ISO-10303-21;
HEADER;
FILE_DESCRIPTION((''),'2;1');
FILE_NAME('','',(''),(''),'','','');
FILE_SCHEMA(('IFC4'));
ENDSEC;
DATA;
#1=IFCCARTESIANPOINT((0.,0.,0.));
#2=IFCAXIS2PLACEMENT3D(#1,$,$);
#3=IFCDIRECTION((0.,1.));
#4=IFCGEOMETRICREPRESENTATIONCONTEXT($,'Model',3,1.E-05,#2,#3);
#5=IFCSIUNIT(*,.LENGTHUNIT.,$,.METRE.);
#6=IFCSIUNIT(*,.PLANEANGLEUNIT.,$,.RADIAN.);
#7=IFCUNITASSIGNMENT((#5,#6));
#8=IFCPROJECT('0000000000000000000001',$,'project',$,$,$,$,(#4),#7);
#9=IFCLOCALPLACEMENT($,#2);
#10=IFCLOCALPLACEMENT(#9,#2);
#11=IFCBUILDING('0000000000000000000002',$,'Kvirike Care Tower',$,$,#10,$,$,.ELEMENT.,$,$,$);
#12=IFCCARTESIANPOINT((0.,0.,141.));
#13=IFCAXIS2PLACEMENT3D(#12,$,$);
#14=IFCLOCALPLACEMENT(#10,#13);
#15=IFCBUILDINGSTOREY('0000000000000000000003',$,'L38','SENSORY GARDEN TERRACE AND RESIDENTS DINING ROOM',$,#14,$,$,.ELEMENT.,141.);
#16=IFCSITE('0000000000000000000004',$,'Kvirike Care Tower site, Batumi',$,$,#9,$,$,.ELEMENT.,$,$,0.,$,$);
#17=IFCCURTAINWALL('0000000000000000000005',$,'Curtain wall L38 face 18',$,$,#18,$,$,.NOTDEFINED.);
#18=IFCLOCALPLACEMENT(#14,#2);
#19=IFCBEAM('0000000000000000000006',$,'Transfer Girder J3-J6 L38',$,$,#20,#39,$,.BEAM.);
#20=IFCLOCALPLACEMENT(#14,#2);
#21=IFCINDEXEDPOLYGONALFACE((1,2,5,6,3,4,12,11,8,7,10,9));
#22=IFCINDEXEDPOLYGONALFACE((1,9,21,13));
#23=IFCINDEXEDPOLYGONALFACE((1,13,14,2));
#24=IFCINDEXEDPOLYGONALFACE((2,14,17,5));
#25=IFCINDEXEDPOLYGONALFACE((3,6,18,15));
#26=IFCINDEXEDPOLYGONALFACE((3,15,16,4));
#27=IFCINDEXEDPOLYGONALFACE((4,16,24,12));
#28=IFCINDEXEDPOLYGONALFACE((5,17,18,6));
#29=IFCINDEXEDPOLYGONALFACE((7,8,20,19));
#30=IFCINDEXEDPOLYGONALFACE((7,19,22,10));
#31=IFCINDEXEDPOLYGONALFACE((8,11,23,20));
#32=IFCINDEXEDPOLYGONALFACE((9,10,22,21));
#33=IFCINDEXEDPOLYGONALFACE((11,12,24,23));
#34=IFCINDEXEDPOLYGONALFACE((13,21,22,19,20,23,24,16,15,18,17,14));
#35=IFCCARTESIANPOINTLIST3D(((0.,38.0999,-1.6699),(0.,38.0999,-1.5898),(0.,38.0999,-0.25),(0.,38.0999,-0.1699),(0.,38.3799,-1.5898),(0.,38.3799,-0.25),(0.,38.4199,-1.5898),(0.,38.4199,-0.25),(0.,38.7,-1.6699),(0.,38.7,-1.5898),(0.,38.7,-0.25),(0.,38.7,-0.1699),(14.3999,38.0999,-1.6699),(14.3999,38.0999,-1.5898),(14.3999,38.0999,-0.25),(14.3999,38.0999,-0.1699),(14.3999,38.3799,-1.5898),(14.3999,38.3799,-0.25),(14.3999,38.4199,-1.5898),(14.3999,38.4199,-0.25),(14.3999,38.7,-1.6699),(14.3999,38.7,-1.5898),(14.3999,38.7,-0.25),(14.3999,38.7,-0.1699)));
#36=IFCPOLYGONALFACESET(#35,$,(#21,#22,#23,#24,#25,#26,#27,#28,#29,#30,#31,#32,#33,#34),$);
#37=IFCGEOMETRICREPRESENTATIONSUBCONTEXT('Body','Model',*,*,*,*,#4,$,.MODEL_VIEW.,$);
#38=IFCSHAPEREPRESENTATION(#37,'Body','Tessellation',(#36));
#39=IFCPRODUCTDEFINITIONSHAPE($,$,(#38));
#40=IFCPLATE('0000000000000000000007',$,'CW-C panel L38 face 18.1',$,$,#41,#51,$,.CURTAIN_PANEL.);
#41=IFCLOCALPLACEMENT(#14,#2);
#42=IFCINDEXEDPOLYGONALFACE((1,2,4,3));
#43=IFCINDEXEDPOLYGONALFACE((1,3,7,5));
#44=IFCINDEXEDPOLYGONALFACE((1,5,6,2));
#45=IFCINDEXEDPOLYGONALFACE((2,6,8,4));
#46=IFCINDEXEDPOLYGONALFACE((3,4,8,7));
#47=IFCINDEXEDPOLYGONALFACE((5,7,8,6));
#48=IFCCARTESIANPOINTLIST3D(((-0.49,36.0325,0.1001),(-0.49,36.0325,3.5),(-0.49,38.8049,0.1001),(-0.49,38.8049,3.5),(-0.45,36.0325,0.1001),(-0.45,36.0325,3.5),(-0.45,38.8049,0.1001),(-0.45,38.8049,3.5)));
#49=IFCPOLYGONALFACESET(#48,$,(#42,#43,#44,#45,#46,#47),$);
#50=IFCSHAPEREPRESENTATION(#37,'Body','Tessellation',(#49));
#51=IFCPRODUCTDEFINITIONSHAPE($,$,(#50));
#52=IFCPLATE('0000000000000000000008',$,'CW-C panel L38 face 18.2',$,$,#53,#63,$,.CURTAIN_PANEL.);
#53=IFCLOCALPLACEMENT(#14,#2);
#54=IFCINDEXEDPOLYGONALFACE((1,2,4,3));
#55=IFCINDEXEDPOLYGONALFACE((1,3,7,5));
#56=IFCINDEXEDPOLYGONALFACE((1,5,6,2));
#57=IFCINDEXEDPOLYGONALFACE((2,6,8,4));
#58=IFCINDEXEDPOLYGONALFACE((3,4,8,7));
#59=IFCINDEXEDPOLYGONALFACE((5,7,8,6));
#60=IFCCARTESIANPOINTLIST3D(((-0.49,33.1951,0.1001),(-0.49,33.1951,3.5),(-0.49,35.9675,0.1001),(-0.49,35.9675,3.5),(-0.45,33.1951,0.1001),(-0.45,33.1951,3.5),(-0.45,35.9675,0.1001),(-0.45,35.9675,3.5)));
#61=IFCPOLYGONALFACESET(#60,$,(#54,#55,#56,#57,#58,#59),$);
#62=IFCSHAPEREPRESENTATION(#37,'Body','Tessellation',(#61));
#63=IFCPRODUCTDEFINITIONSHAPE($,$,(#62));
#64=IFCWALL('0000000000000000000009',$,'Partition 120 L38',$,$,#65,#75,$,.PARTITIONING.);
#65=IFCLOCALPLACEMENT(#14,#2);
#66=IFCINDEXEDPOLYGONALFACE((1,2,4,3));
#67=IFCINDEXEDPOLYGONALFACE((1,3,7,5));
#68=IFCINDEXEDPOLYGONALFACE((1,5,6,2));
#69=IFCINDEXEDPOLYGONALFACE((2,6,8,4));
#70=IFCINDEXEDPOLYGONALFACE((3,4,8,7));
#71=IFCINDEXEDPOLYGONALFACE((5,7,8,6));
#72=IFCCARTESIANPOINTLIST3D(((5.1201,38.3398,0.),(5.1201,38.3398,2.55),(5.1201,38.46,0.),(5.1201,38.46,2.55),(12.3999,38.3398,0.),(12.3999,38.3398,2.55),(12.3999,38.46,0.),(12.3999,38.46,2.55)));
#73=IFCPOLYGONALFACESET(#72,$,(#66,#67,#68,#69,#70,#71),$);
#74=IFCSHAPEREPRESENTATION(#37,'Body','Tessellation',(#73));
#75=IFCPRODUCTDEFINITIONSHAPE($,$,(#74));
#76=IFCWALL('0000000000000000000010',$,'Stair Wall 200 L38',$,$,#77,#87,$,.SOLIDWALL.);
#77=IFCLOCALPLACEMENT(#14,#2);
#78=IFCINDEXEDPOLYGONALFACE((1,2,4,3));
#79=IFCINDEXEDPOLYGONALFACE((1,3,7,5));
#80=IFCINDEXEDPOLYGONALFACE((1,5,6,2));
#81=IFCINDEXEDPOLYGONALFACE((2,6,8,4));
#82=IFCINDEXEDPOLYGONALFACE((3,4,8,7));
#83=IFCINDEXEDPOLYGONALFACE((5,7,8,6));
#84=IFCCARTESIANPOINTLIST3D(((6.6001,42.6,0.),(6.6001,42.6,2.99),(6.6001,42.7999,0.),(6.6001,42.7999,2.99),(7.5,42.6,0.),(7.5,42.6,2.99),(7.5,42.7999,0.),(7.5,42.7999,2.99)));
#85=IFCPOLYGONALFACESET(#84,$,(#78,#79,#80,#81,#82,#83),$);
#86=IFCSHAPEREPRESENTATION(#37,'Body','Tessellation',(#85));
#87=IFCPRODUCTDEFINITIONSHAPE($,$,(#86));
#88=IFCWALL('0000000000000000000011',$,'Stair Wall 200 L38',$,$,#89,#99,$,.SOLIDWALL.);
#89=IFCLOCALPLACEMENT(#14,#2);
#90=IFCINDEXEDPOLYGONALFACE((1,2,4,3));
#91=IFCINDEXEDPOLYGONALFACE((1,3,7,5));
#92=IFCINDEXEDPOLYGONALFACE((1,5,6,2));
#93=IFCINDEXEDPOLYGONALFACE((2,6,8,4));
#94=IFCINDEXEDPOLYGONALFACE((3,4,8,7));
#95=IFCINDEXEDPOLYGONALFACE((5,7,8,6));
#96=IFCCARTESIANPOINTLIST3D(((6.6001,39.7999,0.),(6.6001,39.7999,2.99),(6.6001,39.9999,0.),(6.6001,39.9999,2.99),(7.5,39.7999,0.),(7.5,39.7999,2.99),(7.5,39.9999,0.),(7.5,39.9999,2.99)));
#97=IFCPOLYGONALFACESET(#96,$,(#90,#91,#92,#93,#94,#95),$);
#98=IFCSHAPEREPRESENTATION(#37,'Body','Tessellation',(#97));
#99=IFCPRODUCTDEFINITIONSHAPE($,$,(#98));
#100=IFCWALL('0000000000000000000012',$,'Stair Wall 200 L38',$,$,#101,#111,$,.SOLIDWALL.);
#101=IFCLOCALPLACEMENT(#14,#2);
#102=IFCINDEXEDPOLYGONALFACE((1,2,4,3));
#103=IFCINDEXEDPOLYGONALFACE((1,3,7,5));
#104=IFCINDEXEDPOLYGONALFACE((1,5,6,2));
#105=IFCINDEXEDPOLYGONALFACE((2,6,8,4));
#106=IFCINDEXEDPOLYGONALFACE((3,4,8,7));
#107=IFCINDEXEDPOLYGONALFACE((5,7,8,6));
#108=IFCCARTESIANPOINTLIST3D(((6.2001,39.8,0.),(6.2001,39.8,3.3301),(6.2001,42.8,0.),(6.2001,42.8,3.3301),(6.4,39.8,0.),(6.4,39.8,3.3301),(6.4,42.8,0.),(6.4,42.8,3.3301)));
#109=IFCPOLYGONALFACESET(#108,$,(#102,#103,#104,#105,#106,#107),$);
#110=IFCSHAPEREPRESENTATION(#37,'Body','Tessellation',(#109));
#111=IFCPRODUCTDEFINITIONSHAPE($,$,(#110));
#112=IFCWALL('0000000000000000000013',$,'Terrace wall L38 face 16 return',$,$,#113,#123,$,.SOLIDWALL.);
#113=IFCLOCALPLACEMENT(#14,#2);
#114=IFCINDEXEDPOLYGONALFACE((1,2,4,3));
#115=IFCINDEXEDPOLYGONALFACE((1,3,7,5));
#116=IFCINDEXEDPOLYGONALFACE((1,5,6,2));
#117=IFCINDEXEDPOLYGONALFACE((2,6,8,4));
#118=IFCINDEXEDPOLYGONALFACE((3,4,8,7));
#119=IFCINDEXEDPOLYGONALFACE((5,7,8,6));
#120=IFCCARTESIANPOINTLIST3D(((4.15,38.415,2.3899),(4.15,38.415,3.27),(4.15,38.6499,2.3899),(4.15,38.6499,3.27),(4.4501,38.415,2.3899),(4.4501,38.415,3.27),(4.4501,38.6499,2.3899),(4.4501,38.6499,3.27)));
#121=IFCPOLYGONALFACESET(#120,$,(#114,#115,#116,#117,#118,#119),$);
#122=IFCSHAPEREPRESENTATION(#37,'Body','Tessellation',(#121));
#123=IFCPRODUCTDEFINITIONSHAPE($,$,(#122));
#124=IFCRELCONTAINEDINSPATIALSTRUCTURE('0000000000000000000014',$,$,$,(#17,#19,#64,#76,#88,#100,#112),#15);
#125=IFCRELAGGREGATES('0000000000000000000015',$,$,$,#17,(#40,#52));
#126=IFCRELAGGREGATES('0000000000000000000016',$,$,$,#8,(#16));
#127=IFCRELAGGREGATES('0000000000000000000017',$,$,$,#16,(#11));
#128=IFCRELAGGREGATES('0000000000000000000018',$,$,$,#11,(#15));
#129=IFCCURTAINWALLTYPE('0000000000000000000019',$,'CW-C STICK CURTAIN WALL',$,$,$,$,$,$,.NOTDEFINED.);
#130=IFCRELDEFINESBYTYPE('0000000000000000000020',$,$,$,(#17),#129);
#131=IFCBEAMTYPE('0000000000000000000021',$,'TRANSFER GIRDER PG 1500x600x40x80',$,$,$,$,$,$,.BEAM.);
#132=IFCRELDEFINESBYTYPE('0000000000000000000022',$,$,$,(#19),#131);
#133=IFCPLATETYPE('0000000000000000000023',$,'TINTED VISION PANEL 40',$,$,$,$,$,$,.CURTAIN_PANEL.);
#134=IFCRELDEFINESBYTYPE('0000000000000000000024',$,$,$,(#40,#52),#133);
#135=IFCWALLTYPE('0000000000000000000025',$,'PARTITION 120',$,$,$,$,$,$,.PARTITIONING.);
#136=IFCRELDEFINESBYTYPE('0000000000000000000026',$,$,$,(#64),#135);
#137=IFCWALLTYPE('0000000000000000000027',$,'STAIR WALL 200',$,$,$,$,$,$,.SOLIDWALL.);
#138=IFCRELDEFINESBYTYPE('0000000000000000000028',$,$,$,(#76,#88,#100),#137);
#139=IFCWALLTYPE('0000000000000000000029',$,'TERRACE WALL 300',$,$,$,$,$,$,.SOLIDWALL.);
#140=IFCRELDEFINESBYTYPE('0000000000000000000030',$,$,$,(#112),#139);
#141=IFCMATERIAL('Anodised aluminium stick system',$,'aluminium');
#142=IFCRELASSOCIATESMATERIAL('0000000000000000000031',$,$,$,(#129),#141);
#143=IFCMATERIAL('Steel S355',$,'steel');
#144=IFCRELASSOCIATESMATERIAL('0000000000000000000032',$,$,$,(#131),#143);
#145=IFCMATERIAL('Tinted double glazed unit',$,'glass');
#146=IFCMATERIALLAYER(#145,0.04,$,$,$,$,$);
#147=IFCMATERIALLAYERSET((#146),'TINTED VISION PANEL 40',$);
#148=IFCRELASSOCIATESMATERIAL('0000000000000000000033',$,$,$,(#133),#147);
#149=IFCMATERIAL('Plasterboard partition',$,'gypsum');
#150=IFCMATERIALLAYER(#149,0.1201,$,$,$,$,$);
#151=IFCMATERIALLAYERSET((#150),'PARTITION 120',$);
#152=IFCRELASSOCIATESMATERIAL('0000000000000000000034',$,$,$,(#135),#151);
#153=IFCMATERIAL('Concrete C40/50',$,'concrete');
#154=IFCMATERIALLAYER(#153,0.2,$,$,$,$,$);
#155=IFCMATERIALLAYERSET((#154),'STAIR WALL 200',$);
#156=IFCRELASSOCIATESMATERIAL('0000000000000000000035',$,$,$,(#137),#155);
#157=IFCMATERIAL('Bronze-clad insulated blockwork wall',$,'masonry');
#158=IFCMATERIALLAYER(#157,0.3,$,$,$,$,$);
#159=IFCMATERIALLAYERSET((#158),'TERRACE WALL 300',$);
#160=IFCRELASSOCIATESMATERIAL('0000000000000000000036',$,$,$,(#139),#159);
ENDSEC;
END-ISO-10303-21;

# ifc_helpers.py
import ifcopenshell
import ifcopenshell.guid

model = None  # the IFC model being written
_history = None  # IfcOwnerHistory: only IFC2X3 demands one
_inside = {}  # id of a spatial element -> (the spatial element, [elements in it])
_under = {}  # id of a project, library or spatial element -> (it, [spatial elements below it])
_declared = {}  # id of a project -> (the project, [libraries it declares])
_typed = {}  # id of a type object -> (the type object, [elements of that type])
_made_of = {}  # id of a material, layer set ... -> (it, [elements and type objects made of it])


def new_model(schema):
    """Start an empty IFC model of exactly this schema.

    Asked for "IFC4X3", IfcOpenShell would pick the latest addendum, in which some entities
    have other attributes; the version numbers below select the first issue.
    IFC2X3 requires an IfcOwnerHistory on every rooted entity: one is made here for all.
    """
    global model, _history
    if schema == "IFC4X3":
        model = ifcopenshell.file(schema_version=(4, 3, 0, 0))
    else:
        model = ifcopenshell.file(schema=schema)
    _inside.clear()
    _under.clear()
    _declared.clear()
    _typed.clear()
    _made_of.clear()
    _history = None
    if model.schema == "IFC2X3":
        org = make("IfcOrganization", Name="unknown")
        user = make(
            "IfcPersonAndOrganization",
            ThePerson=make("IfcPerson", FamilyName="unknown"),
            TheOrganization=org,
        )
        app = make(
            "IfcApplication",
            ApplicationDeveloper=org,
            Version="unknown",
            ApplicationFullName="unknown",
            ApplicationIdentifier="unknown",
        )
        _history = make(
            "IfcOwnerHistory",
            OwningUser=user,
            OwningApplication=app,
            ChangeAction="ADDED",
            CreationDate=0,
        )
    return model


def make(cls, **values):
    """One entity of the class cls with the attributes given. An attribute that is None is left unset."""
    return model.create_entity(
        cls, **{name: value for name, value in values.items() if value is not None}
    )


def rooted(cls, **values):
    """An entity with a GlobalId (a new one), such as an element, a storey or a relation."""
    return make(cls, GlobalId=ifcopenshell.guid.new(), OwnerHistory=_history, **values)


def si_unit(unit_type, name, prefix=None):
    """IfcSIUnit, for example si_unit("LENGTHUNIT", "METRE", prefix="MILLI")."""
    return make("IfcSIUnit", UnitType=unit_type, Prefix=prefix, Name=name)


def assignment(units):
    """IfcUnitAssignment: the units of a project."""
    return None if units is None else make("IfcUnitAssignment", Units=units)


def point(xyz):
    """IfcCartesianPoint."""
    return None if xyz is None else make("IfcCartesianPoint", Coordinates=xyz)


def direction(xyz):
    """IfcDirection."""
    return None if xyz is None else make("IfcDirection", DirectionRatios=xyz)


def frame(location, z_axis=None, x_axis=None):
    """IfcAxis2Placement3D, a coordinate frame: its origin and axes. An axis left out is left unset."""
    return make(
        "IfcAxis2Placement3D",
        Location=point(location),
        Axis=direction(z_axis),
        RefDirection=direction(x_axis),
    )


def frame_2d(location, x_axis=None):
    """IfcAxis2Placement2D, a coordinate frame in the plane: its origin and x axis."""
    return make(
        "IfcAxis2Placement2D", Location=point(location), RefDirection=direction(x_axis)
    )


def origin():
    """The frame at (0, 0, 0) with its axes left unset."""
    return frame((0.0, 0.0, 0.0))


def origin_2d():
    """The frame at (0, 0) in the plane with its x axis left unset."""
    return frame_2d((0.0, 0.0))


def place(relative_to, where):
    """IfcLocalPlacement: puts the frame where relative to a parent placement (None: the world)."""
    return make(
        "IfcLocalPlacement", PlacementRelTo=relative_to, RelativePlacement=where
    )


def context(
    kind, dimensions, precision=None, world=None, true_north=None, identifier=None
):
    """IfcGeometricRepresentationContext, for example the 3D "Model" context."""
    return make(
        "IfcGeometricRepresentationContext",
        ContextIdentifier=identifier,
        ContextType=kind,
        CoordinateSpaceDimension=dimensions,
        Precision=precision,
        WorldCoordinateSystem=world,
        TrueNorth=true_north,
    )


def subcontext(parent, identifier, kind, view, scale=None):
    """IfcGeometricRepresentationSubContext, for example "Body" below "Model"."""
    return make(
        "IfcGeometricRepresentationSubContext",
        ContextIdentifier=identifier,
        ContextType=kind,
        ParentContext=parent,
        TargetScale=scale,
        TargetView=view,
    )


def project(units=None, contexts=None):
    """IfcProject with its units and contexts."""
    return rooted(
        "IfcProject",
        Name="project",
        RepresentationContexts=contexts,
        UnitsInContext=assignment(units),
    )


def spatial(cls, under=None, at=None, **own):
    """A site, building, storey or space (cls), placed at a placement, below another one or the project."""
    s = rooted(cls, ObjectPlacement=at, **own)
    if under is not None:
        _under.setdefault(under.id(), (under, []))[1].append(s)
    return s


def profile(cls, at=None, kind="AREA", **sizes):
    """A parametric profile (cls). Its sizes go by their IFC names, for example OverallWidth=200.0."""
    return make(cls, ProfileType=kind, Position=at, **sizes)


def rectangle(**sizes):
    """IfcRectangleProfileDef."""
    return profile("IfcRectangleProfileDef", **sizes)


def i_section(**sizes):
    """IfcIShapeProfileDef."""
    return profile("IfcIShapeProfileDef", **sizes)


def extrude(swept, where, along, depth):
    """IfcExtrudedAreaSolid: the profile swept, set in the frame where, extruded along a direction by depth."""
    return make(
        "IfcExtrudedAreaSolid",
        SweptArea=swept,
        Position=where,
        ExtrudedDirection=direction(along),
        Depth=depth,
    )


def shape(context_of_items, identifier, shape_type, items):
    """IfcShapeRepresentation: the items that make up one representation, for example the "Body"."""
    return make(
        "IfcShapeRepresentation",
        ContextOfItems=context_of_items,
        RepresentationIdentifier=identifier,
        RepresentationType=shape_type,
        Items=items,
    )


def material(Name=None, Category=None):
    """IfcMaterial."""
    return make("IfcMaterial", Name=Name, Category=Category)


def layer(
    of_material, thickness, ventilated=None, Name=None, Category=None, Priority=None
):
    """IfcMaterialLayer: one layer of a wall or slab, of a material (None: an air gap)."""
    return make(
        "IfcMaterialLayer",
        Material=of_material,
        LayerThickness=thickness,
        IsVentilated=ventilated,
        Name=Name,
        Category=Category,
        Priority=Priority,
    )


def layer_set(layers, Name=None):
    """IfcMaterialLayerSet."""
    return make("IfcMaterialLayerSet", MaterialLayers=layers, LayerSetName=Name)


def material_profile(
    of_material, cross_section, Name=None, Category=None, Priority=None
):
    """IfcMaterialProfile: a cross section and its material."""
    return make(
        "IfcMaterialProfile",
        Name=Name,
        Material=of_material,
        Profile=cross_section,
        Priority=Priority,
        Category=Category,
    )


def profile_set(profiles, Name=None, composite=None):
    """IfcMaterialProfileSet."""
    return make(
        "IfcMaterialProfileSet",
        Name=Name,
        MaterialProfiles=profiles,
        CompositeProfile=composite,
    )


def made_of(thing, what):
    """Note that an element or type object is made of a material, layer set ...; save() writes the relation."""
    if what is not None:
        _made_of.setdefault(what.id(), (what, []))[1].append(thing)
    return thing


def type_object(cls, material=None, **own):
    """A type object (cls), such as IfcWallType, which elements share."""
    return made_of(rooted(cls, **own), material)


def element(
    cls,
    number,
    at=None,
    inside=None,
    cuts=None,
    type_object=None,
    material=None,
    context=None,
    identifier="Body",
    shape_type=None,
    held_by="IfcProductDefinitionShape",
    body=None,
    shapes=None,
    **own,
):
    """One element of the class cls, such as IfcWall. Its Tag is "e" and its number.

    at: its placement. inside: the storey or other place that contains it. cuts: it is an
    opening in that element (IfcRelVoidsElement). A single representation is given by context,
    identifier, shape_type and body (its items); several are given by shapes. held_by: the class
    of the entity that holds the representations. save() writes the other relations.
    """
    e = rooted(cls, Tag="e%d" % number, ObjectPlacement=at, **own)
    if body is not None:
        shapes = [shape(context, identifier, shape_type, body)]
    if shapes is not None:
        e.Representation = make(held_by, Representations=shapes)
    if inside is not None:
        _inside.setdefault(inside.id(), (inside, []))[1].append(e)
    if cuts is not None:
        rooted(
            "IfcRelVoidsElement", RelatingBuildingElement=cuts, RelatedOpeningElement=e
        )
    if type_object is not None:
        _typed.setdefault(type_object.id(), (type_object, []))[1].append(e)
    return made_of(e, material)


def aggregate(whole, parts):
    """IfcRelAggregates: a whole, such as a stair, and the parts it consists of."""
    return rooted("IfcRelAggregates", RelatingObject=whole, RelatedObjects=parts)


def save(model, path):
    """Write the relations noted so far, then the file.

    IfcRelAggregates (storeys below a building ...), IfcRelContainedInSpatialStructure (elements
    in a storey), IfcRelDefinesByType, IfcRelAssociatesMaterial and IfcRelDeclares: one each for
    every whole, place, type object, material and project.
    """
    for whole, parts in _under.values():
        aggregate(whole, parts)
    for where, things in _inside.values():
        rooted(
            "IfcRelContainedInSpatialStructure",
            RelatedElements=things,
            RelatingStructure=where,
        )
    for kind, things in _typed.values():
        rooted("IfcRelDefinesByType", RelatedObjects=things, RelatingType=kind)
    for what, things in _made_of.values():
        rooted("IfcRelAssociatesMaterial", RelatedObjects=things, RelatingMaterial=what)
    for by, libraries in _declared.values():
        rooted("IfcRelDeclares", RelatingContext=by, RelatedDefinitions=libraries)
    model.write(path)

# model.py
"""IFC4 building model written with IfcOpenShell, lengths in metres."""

from ifc_helpers import new_model, si_unit, direction, frame, frame_2d, origin, origin_2d, place, context, subcontext, project, spatial, rectangle, i_section, extrude, material, layer, layer_set, material_profile, profile_set, type_object, element, aggregate, save


model = new_model("IFC4")

# Units and contexts
model_context = context("Model", 3, precision=1e-05, world=origin(), true_north=direction((0.0, 1.0)))
body_context = subcontext(model_context, "Body", "Model", "MODEL_VIEW")
ifc_project = project(units=[si_unit("LENGTHUNIT", "METRE"), si_unit("PLANEANGLEUNIT", "RADIAN")], contexts=[model_context])

# Site, building, storey
site_placement = place(None, origin())
site = spatial("IfcSite", under=ifc_project, at=site_placement, Name="Kvirike Care Tower site, Batumi", CompositionType="ELEMENT", RefElevation=0.0)
building_placement = place(site_placement, origin())
building = spatial("IfcBuilding", under=site, at=building_placement, Name="Kvirike Care Tower", CompositionType="ELEMENT")
storey_placement = place(building_placement, frame((0.0, 0.0, 141.0)))
storey = spatial("IfcBuildingStorey", under=building, at=storey_placement, Name="L38", Description="SENSORY GARDEN TERRACE AND RESIDENTS DINING ROOM", CompositionType="ELEMENT", Elevation=141.0)

# Curtain wall
ifc_material_1 = material(Name="Anodised aluminium stick system", Category="aluminium")
curtain_wall_type = type_object("IfcCurtainWallType", Name="CW-C STICK CURTAIN WALL", PredefinedType="NOTDEFINED", material=ifc_material_1)
curtain_wall_placement = place(storey_placement, origin())
curtain_wall = element("IfcCurtainWall", 1, at=curtain_wall_placement, inside=storey, type_object=curtain_wall_type, Name="Curtain wall L38 face 18", PredefinedType="NOTDEFINED")

# Beam
ifc_material_2 = material(Name="Steel S355", Category="steel")
ifc_material_profile_1 = material_profile(ifc_material_2, i_section(OverallWidth=0.6001, OverallDepth=1.5, WebThickness=0.04, FlangeThickness=0.0801, at=origin_2d()), Name="PG 1500x600x40x80")
ifc_profile_set_1 = profile_set([ifc_material_profile_1], Name="Steel S355")
beam_type_1 = type_object("IfcBeamType", Name="TRANSFER GIRDER PG 1500x600x40x80", PredefinedType="BEAM", material=ifc_profile_set_1)
beam_1_placement = place(storey_placement, frame((0.0, 38.3999, -0.9199), z_axis=(1.0, 0.0, 0.0), x_axis=(0.0, 1.0, 0.0)))
element("IfcBeam", 2, at=beam_1_placement, inside=storey, type_object=beam_type_1, Name="Transfer Girder J3-J6 L38", PredefinedType="BEAM", context=body_context, shape_type="SweptSolid", body=[
    extrude(i_section(OverallWidth=0.6001, OverallDepth=1.5, WebThickness=0.04, FlangeThickness=0.0801, at=origin_2d()), origin(), (0.0, 0.0, 1.0), 14.3999),
])

# Plates
ifc_material_3 = material(Name="Tinted double glazed unit", Category="glass")
ifc_layer_1 = layer(ifc_material_3, 0.04)
ifc_layer_set_1 = layer_set([ifc_layer_1], Name="TINTED VISION PANEL 40")
plate_type = type_object("IfcPlateType", Name="TINTED VISION PANEL 40", PredefinedType="CURTAIN_PANEL", material=ifc_layer_set_1)
plate_1_placement = place(storey_placement, frame((-0.47, 37.4187, 0.1001), z_axis=(0.0, 0.0, 1.0), x_axis=(0.0, -1.0, 0.0)))
plate_1 = element("IfcPlate", 3, at=plate_1_placement, type_object=plate_type, Name="CW-C panel L38 face 18.1", PredefinedType="CURTAIN_PANEL", context=body_context, shape_type="SweptSolid", body=[
    extrude(rectangle(XDim=2.7725, YDim=0.04, at=origin_2d()), origin(), (0.0, 0.0, 1.0), 3.3999),
])
plate_2_placement = place(storey_placement, frame((-0.47, 34.5813, 0.1001), z_axis=(0.0, 0.0, 1.0), x_axis=(0.0, -1.0, 0.0)))
plate_2 = element("IfcPlate", 4, at=plate_2_placement, type_object=plate_type, Name="CW-C panel L38 face 18.2", PredefinedType="CURTAIN_PANEL", context=body_context, shape_type="SweptSolid", body=[
    extrude(rectangle(XDim=2.7725, YDim=0.04, at=origin_2d()), origin(), (0.0, 0.0, 1.0), 3.3999),
])
aggregate(curtain_wall, [plate_1, plate_2])

# Walls
ifc_material_4 = material(Name="Plasterboard partition", Category="gypsum")
ifc_layer_2 = layer(ifc_material_4, 0.1201)
ifc_layer_set_2 = layer_set([ifc_layer_2], Name="PARTITION 120")
wall_type_1 = type_object("IfcWallType", Name="PARTITION 120", PredefinedType="PARTITIONING", material=ifc_layer_set_2)
wall_1_placement = place(storey_placement, frame((5.1201, 38.3999, 0.0), z_axis=(0.0, 0.0, 1.0), x_axis=(1.0, 0.0, 0.0)))
element("IfcWall", 5, at=wall_1_placement, inside=storey, type_object=wall_type_1, Name="Partition 120 L38", PredefinedType="PARTITIONING", context=body_context, shape_type="SweptSolid", body=[
    extrude(rectangle(XDim=7.2798, YDim=0.1201, at=frame_2d((3.6399, 0.0))), origin(), (0.0, 0.0, 1.0), 2.55),
])
ifc_material_5 = material(Name="Concrete C40/50", Category="concrete")
ifc_layer_3 = layer(ifc_material_5, 0.2)
ifc_layer_set_3 = layer_set([ifc_layer_3], Name="STAIR WALL 200")
wall_type_2 = type_object("IfcWallType", Name="STAIR WALL 200", PredefinedType="SOLIDWALL", material=ifc_layer_set_3)
for number, where, z_axis, x_axis, name in (
    (6, (6.6001, 42.7, 0.0), (0.0, 0.0, 1.0), (1.0, 0.0, 0.0), "Stair Wall 200 L38"),
    (7, (6.6001, 39.8999, 0.0), (0.0, 0.0, 1.0), (1.0, 0.0, 0.0), "Stair Wall 200 L38"),
):
    element("IfcWall", number, at=place(storey_placement, frame(where, z_axis=z_axis, x_axis=x_axis)), inside=storey, type_object=wall_type_2, Name=name, PredefinedType="SOLIDWALL", context=body_context, shape_type="SweptSolid", body=[
        extrude(rectangle(XDim=0.8999, YDim=0.2, at=frame_2d((0.45, 0.0))), origin(), (0.0, 0.0, 1.0), 2.99),
    ])
wall_2_placement = place(storey_placement, frame((6.3, 42.8, 0.0), z_axis=(0.0, 0.0, 1.0), x_axis=(0.0, -1.0, 0.0)))
element("IfcWall", 8, at=wall_2_placement, inside=storey, type_object=wall_type_2, Name="Stair Wall 200 L38", PredefinedType="SOLIDWALL", context=body_context, shape_type="SweptSolid", body=[
    extrude(rectangle(XDim=3.0, YDim=0.2, at=frame_2d((1.5, 0.0))), origin(), (0.0, 0.0, 1.0), 3.3301),
])

# Shared definitions
ifc_material_6 = material(Name="Bronze-clad insulated blockwork wall", Category="masonry")
ifc_layer_4 = layer(ifc_material_6, 0.3)
ifc_layer_set_4 = layer_set([ifc_layer_4], Name="TERRACE WALL 300")
wall_type_3 = type_object("IfcWallType", Name="TERRACE WALL 300", PredefinedType="SOLIDWALL", material=ifc_layer_set_4)

# Wall
wall_3_placement = place(storey_placement, frame((4.3, 38.6499, 2.3899), z_axis=(0.0, 0.0, 1.0), x_axis=(0.0, -1.0, 0.0)))
element("IfcWall", 9, at=wall_3_placement, inside=storey, type_object=wall_type_3, Name="Terrace wall L38 face 16 return", PredefinedType="SOLIDWALL", context=body_context, shape_type="SweptSolid", body=[
    extrude(rectangle(XDim=0.2349, YDim=0.3, at=frame_2d((0.1174, 0.0))), origin(), (0.0, 0.0, 1.0), 0.8801),
])

save(model, "model.ifc")
